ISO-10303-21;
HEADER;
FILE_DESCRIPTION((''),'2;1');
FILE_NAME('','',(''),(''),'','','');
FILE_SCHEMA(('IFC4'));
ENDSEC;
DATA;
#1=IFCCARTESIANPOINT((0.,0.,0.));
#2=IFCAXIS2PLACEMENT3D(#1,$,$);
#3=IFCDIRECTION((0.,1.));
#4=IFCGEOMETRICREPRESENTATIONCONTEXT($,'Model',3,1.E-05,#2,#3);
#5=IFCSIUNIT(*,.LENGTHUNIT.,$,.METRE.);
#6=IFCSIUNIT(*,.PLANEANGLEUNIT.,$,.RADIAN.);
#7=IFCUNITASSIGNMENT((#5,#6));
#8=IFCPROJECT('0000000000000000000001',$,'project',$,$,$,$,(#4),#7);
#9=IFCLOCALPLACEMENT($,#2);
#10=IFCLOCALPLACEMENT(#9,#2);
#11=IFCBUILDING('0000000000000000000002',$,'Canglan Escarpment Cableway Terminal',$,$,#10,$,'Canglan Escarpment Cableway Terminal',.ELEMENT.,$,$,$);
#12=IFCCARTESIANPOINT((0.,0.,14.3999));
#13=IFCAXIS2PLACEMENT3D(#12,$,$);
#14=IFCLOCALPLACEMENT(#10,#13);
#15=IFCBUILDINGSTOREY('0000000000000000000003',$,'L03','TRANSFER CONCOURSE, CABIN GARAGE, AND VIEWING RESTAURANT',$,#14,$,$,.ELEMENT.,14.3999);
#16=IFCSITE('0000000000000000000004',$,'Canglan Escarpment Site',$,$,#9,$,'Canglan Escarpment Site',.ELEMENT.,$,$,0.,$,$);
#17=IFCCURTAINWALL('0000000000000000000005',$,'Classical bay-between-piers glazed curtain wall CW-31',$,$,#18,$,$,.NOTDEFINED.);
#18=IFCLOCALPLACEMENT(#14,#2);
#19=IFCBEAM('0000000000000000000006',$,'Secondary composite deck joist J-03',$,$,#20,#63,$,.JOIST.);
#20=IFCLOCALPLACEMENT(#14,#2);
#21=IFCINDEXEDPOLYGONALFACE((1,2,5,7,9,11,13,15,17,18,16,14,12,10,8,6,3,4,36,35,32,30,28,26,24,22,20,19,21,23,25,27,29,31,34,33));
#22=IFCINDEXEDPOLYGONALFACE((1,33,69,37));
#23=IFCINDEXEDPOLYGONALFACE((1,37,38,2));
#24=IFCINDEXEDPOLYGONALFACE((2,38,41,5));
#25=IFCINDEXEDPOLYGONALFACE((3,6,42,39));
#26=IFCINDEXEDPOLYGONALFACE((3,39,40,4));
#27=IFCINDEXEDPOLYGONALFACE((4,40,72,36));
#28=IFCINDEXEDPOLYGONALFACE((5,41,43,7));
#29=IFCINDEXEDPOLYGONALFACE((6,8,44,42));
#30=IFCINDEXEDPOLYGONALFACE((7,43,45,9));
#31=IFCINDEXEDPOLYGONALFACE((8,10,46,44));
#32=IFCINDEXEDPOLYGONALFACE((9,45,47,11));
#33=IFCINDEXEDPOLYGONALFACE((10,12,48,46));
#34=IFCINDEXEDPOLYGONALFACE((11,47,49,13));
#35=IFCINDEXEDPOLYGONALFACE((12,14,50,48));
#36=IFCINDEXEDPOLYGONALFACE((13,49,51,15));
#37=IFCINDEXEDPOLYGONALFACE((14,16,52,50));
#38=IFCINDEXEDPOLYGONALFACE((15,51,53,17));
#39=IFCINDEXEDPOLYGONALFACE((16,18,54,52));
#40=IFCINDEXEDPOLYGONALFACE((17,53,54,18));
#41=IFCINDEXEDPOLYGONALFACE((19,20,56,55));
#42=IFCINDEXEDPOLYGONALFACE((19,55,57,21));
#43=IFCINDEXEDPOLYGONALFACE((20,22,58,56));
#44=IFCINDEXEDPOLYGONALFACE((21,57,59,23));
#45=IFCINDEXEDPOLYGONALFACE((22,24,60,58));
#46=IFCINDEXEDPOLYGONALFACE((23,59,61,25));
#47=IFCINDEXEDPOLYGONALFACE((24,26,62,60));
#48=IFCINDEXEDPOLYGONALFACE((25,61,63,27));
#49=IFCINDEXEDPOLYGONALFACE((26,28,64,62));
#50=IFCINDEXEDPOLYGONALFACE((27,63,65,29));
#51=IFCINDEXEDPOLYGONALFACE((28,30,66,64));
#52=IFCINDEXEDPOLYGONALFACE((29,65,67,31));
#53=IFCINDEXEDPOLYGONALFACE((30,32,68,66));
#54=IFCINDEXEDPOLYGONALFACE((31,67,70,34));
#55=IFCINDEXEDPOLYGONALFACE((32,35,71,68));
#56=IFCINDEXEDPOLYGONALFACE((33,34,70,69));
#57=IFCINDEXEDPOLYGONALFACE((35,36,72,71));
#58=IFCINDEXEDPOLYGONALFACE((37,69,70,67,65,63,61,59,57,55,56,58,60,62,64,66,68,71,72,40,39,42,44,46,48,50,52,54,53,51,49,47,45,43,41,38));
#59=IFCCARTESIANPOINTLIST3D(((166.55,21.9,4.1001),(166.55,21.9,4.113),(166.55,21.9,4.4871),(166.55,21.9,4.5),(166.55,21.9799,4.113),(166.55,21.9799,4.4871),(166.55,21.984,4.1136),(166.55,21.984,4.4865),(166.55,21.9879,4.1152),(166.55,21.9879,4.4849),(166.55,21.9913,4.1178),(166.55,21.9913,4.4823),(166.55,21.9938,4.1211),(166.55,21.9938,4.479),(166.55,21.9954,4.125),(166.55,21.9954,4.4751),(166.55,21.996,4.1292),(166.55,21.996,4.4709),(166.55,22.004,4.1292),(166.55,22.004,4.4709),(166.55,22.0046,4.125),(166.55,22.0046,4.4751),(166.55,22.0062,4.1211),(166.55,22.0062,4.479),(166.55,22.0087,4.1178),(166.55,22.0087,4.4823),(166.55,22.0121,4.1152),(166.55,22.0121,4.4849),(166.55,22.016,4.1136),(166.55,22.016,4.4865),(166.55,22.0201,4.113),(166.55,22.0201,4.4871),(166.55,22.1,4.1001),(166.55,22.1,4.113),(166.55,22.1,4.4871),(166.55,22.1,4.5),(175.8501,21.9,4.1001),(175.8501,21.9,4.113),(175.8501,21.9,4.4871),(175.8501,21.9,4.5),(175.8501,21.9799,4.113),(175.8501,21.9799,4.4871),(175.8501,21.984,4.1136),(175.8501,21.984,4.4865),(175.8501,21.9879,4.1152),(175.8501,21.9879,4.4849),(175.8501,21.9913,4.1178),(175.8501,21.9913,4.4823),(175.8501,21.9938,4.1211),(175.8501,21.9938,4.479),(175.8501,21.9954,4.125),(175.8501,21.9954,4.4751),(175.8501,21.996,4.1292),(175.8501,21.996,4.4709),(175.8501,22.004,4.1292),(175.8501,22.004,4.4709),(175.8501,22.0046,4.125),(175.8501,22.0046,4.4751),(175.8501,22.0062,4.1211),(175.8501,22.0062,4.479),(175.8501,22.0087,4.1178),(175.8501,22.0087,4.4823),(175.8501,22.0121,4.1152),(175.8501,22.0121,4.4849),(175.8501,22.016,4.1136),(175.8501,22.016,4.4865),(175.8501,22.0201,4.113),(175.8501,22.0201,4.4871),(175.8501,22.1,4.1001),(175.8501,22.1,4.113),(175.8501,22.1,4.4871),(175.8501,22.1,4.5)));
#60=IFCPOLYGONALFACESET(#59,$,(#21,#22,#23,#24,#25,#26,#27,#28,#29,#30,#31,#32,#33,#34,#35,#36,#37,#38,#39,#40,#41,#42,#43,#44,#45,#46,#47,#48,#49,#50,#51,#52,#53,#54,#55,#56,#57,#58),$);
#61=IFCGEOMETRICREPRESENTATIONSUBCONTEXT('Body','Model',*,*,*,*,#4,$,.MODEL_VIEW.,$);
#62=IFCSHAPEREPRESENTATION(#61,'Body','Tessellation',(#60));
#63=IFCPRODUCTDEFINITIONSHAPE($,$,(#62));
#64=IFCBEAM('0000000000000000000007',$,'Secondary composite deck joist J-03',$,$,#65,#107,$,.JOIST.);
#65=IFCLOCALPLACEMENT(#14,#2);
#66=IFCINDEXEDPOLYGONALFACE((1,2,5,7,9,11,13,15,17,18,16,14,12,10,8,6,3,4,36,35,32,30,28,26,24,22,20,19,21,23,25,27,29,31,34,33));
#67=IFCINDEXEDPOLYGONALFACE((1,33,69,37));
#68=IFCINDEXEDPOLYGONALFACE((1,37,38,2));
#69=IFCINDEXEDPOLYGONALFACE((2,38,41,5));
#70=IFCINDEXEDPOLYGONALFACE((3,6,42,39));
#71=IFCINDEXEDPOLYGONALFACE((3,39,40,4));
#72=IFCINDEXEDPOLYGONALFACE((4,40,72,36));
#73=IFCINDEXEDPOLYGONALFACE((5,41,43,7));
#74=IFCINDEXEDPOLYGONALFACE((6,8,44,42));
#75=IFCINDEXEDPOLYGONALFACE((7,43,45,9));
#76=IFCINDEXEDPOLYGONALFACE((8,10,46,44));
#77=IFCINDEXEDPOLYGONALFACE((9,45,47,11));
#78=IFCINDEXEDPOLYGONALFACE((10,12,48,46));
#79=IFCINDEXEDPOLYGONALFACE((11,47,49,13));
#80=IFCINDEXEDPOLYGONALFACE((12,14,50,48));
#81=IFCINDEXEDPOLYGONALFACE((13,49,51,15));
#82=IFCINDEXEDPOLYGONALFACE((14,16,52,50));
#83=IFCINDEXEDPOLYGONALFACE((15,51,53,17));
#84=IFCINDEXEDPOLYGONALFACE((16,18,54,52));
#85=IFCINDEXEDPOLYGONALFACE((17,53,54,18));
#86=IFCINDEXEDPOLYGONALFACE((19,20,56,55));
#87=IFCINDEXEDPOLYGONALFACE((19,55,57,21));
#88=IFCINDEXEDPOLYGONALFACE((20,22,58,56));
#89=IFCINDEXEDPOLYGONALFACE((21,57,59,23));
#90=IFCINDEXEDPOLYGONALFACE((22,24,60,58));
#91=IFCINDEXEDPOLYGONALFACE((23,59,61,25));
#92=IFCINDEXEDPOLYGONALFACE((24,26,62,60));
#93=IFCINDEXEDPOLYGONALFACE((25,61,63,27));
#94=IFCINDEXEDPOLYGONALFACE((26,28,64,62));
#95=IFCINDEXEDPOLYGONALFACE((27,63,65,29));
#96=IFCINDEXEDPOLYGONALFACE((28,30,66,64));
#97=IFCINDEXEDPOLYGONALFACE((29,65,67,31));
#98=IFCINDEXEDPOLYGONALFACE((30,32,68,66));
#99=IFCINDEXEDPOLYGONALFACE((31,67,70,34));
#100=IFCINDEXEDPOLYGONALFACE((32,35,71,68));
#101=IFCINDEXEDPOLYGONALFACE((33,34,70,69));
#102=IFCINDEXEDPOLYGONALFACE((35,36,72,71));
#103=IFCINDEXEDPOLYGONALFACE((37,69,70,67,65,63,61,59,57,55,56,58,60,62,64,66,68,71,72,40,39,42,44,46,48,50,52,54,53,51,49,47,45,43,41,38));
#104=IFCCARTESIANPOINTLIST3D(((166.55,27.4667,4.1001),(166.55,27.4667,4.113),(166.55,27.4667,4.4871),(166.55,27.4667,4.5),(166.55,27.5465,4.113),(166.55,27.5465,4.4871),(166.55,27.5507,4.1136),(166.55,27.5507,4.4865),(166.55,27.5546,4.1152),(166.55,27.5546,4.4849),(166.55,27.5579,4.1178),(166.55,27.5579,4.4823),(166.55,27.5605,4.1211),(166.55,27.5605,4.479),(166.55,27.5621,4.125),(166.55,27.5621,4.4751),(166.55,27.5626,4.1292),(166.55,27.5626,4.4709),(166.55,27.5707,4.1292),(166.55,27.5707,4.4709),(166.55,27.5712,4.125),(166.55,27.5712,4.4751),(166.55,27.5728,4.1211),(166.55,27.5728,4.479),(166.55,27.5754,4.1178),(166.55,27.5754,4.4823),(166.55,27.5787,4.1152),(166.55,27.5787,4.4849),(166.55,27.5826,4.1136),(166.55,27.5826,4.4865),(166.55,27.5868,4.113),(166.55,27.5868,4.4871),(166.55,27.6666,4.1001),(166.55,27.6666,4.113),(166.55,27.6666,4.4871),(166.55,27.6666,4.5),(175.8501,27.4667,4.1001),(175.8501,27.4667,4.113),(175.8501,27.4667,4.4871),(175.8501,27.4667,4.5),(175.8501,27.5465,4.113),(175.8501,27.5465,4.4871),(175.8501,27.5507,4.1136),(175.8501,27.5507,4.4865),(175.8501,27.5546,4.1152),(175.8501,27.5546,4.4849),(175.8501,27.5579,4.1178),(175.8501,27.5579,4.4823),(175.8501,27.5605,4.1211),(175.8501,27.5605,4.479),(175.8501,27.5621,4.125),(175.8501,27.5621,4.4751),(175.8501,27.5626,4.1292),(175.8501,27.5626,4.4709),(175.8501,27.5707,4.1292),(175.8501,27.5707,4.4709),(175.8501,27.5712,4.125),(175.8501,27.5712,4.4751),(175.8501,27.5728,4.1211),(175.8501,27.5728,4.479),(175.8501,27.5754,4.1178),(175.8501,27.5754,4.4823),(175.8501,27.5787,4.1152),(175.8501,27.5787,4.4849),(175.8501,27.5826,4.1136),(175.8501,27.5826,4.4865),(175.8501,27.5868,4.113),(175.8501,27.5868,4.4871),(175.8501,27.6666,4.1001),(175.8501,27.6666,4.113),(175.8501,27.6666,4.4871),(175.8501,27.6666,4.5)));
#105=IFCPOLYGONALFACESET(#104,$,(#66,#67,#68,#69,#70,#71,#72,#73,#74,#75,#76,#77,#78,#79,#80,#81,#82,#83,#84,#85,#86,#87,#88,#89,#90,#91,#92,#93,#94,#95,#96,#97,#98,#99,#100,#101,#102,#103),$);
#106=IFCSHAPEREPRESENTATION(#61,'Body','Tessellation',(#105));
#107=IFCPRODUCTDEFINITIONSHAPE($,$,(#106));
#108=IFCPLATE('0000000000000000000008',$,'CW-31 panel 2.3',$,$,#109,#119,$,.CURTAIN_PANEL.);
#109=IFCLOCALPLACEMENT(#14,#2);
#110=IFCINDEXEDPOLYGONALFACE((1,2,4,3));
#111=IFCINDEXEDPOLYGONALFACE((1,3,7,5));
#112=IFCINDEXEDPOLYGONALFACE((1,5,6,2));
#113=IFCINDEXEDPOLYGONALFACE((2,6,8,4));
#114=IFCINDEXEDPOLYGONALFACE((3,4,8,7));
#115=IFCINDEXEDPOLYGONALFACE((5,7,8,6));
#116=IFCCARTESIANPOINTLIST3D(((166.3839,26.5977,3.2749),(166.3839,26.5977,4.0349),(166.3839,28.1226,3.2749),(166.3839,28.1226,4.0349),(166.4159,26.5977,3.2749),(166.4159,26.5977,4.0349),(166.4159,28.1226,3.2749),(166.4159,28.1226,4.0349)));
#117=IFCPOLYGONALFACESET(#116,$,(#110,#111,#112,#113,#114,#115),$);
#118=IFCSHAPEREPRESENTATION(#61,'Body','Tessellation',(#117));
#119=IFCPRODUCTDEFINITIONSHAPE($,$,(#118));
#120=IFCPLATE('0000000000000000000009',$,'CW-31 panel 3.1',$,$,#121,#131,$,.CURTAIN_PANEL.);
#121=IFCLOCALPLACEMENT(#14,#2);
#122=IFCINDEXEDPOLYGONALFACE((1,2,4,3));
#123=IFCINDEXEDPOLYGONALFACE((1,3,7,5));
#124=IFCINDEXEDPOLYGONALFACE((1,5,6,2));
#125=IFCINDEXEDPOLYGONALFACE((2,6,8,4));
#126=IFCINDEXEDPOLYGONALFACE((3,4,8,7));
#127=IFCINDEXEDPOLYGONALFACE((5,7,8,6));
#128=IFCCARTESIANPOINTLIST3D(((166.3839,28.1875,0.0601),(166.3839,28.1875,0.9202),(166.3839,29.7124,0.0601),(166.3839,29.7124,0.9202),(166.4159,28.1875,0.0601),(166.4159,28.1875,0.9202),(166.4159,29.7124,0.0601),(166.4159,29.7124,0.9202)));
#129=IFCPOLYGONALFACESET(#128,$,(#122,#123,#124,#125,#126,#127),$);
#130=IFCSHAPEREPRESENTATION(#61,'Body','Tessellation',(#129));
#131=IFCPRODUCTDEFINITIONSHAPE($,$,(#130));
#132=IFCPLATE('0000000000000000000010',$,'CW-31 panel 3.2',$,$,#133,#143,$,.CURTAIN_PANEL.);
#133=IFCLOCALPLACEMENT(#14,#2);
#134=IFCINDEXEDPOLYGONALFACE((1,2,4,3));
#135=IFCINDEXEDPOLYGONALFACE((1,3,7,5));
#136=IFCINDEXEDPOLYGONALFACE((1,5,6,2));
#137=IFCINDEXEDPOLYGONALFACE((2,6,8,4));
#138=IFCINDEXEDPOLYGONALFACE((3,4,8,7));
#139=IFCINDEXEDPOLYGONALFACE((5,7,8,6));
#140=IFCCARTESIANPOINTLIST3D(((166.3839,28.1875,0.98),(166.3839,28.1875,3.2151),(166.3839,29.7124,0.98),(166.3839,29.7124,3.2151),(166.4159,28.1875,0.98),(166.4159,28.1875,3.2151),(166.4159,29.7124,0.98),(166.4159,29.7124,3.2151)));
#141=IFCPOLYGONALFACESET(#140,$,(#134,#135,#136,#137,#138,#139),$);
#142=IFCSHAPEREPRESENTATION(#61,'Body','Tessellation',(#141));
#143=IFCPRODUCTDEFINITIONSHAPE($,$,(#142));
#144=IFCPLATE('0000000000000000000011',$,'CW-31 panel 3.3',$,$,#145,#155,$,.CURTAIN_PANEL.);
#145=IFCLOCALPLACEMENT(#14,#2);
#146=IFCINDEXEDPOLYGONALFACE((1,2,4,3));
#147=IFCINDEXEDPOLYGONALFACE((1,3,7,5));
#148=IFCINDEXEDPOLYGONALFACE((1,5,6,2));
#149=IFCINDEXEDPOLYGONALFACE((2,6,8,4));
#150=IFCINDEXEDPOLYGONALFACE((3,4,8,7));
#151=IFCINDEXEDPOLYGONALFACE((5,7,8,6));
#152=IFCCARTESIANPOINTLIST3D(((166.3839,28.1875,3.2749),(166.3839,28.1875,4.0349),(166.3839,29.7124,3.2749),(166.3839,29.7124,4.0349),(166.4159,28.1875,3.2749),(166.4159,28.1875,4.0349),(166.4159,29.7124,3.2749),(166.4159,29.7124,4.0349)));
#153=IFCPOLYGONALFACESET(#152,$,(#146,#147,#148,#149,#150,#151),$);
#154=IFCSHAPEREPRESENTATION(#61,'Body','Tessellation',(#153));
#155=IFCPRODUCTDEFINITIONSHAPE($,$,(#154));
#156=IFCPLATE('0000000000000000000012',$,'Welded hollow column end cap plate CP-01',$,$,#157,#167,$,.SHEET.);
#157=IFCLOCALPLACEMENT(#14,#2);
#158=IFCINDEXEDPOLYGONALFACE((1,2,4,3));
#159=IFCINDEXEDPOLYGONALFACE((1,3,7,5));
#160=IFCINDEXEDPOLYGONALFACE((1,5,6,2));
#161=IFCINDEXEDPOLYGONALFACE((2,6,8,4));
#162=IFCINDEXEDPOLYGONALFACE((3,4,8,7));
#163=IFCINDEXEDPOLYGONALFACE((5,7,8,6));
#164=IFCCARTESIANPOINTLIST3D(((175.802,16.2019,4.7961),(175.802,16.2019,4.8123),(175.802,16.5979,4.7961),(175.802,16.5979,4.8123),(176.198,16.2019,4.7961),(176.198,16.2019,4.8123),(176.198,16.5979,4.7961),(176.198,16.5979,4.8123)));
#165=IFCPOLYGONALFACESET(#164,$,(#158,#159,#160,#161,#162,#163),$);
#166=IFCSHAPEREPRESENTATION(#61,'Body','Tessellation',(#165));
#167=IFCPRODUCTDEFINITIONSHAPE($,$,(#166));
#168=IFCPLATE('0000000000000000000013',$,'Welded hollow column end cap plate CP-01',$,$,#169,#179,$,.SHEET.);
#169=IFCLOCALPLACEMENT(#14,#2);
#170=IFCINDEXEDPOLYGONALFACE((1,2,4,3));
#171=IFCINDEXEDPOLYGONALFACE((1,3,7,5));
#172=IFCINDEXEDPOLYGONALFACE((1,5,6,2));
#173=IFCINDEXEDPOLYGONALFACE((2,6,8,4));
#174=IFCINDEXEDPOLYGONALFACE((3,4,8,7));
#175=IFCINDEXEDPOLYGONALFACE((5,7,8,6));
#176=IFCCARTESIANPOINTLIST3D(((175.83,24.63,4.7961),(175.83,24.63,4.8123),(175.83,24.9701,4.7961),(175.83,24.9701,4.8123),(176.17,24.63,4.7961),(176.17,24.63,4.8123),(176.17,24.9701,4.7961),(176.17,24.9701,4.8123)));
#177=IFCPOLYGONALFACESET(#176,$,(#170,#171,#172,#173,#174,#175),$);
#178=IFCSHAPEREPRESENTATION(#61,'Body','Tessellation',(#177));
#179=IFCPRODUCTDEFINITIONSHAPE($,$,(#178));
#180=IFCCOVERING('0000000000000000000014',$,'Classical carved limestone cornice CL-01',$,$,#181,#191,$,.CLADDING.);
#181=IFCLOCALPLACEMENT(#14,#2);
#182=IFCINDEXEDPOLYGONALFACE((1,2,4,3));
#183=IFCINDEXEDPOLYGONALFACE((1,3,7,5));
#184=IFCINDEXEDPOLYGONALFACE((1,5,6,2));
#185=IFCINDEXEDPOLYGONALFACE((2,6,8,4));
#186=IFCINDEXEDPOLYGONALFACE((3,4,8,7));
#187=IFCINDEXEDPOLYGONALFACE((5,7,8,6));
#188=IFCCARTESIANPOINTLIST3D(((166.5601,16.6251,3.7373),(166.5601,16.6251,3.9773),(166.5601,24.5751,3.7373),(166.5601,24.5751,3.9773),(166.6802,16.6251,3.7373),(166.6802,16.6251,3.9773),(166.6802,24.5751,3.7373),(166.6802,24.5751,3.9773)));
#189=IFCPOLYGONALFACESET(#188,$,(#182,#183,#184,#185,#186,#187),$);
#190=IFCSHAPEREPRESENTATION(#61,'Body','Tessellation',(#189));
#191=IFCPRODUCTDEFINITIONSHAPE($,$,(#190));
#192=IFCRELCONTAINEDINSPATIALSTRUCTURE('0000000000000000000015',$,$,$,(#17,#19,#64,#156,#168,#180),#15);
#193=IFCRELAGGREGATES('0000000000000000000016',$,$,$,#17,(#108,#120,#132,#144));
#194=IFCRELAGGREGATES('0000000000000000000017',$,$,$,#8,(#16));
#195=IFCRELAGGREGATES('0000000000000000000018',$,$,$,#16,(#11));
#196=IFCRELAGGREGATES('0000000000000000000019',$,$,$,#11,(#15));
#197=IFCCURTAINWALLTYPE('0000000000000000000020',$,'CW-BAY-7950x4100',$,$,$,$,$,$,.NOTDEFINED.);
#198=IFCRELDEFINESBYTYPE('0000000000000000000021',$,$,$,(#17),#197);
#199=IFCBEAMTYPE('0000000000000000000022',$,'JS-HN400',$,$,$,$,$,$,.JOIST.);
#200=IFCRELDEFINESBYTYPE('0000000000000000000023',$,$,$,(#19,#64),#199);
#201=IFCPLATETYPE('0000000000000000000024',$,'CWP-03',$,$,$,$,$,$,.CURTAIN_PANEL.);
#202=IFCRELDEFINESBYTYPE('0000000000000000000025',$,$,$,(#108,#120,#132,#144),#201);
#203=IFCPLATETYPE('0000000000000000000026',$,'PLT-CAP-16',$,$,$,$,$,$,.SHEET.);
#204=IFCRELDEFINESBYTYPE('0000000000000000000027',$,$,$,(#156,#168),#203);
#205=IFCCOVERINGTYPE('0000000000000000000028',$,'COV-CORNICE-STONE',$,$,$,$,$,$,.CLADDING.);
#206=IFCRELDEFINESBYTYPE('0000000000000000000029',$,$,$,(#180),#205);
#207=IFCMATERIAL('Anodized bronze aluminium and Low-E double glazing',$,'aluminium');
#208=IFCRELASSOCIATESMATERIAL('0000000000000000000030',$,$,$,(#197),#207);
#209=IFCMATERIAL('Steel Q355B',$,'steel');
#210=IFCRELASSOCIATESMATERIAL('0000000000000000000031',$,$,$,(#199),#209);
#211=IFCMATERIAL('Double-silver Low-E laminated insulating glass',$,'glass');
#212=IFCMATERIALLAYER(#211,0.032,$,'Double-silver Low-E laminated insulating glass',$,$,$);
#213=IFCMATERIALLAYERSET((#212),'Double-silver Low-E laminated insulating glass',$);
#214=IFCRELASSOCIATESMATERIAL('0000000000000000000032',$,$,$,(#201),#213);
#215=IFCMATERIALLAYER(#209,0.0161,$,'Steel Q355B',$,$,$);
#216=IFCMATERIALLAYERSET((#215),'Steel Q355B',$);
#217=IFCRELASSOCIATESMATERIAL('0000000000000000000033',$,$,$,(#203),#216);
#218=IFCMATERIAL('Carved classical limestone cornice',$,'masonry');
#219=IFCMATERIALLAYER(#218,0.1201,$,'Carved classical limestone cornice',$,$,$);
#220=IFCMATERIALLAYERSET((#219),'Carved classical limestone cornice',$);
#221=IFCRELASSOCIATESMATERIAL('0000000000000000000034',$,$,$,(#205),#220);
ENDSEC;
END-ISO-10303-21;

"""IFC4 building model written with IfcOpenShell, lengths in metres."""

from ifc_helpers import new_model, si_unit, direction, frame, origin, origin_2d, place, context, subcontext, project, spatial, rectangle, i_section, extrude, material, layer, layer_set, material_profile, profile_set, type_object, element, aggregate, save


model = new_model("IFC4")

# Units and contexts
model_context = context("Model", 3, precision=1e-05, world=origin(), true_north=direction((0.0, 1.0)))
body_context = subcontext(model_context, "Body", "Model", "MODEL_VIEW")
ifc_project = project(units=[si_unit("LENGTHUNIT", "METRE"), si_unit("PLANEANGLEUNIT", "RADIAN")], contexts=[model_context])

# Site, building, storey
site_placement = place(None, origin())
site = spatial("IfcSite", under=ifc_project, at=site_placement, Name="Canglan Escarpment Site", LongName="Canglan Escarpment Site", CompositionType="ELEMENT", RefElevation=0.0)
building_placement = place(site_placement, origin())
building = spatial("IfcBuilding", under=site, at=building_placement, Name="Canglan Escarpment Cableway Terminal", LongName="Canglan Escarpment Cableway Terminal", CompositionType="ELEMENT")
storey_placement = place(building_placement, frame((0.0, 0.0, 14.3999)))
storey = spatial("IfcBuildingStorey", under=building, at=storey_placement, Name="L03", Description="TRANSFER CONCOURSE, CABIN GARAGE, AND VIEWING RESTAURANT", CompositionType="ELEMENT", Elevation=14.3999)

# Shared definitions
ifc_material_1 = material(Name="Steel Q355B", Category="steel")

# Curtain wall
ifc_material_2 = material(Name="Anodized bronze aluminium and Low-E double glazing", Category="aluminium")
curtain_wall_type = type_object("IfcCurtainWallType", Name="CW-BAY-7950x4100", PredefinedType="NOTDEFINED", material=ifc_material_2)
curtain_wall_placement = place(storey_placement, origin())
curtain_wall = element("IfcCurtainWall", 1, at=curtain_wall_placement, inside=storey, type_object=curtain_wall_type, Name="Classical bay-between-piers glazed curtain wall CW-31", PredefinedType="NOTDEFINED")

# Beams
ifc_material_profile_1 = material_profile(ifc_material_1, i_section(OverallWidth=0.2, OverallDepth=0.3999, WebThickness=0.0081, FlangeThickness=0.0129, FilletRadius=0.0161, at=origin_2d()), Name="HN 400x200x8x13")
ifc_profile_set_1 = profile_set([ifc_material_profile_1], Name="Steel Q355B")
beam_type_1 = type_object("IfcBeamType", Name="JS-HN400", PredefinedType="JOIST", material=ifc_profile_set_1)
for number, where, z_axis, x_axis, name in (
    (2, (166.55, 22.0, 4.3), (1.0, 0.0, 0.0), (0.0, 1.0, 0.0), "Secondary composite deck joist J-03"),
    (3, (166.55, 27.5667, 4.3), (1.0, 0.0, 0.0), (0.0, 1.0, 0.0), "Secondary composite deck joist J-03"),
):
    element("IfcBeam", number, at=place(storey_placement, frame(where, z_axis=z_axis, x_axis=x_axis)), inside=storey, type_object=beam_type_1, Name=name, PredefinedType="JOIST", context=body_context, shape_type="SweptSolid", body=[
        extrude(i_section(OverallWidth=0.2, OverallDepth=0.3999, WebThickness=0.0081, FlangeThickness=0.0129, FilletRadius=0.0161, at=origin_2d()), origin(), (0.0, 0.0, 1.0), 9.3),
    ])

# Plates
ifc_material_3 = material(Name="Double-silver Low-E laminated insulating glass", Category="glass")
ifc_layer_1 = layer(ifc_material_3, 0.032, Name="Double-silver Low-E laminated insulating glass")
ifc_layer_set_1 = layer_set([ifc_layer_1], Name="Double-silver Low-E laminated insulating glass")
plate_type_1 = type_object("IfcPlateType", Name="CWP-03", PredefinedType="CURTAIN_PANEL", material=ifc_layer_set_1)
plate_1_placement = place(storey_placement, frame((166.3999, 27.3601, 3.2749), z_axis=(0.0, 0.0, 1.0), x_axis=(0.0, 1.0, 0.0)))
plate_1 = element("IfcPlate", 4, at=plate_1_placement, type_object=plate_type_1, Name="CW-31 panel 2.3", PredefinedType="CURTAIN_PANEL", context=body_context, shape_type="SweptSolid", body=[
    extrude(rectangle(XDim=1.5249, YDim=0.032, at=origin_2d()), origin(), (0.0, 0.0, 1.0), 0.76),
])
plate_2_placement = place(storey_placement, frame((166.3999, 28.95, 0.0601), z_axis=(0.0, 0.0, 1.0), x_axis=(0.0, 1.0, 0.0)))
plate_2 = element("IfcPlate", 5, at=plate_2_placement, type_object=plate_type_1, Name="CW-31 panel 3.1", PredefinedType="CURTAIN_PANEL", context=body_context, shape_type="SweptSolid", body=[
    extrude(rectangle(XDim=1.5249, YDim=0.032, at=origin_2d()), origin(), (0.0, 0.0, 1.0), 0.8601),
])
plate_3_placement = place(storey_placement, frame((166.3999, 28.95, 0.98), z_axis=(0.0, 0.0, 1.0), x_axis=(0.0, 1.0, 0.0)))
plate_3 = element("IfcPlate", 6, at=plate_3_placement, type_object=plate_type_1, Name="CW-31 panel 3.2", PredefinedType="CURTAIN_PANEL", context=body_context, shape_type="SweptSolid", body=[
    extrude(rectangle(XDim=1.5249, YDim=0.032, at=origin_2d()), origin(), (0.0, 0.0, 1.0), 2.2351),
])
plate_4_placement = place(storey_placement, frame((166.3999, 28.95, 3.2749), z_axis=(0.0, 0.0, 1.0), x_axis=(0.0, 1.0, 0.0)))
plate_4 = element("IfcPlate", 7, at=plate_4_placement, type_object=plate_type_1, Name="CW-31 panel 3.3", PredefinedType="CURTAIN_PANEL", context=body_context, shape_type="SweptSolid", body=[
    extrude(rectangle(XDim=1.5249, YDim=0.032, at=origin_2d()), origin(), (0.0, 0.0, 1.0), 0.76),
])
aggregate(curtain_wall, [plate_1, plate_2, plate_3, plate_4])

# Plates
ifc_layer_2 = layer(ifc_material_1, 0.0161, Name="Steel Q355B")
ifc_layer_set_2 = layer_set([ifc_layer_2], Name="Steel Q355B")
plate_type_2 = type_object("IfcPlateType", Name="PLT-CAP-16", PredefinedType="SHEET", material=ifc_layer_set_2)
plate_5_placement = place(storey_placement, frame((176.0, 16.3999, 4.7961), z_axis=(0.0, 0.0, 1.0), x_axis=(1.0, 0.0, 0.0)))
element("IfcPlate", 8, at=plate_5_placement, inside=storey, type_object=plate_type_2, Name="Welded hollow column end cap plate CP-01", PredefinedType="SHEET", context=body_context, shape_type="SweptSolid", body=[
    extrude(rectangle(XDim=0.396, YDim=0.396, at=origin_2d()), origin(), (0.0, 0.0, 1.0), 0.0161),
])
plate_6_placement = place(storey_placement, frame((176.0, 24.8, 4.7961), z_axis=(0.0, 0.0, 1.0), x_axis=(1.0, 0.0, 0.0)))
element("IfcPlate", 9, at=plate_6_placement, inside=storey, type_object=plate_type_2, Name="Welded hollow column end cap plate CP-01", PredefinedType="SHEET", context=body_context, shape_type="SweptSolid", body=[
    extrude(rectangle(XDim=0.3401, YDim=0.3401, at=origin_2d()), origin(), (0.0, 0.0, 1.0), 0.0161),
])

# Covering
ifc_material_4 = material(Name="Carved classical limestone cornice", Category="masonry")
ifc_layer_3 = layer(ifc_material_4, 0.1201, Name="Carved classical limestone cornice")
ifc_layer_set_3 = layer_set([ifc_layer_3], Name="Carved classical limestone cornice")
covering_type = type_object("IfcCoveringType", Name="COV-CORNICE-STONE", PredefinedType="CLADDING", material=ifc_layer_set_3)
covering_placement = place(storey_placement, frame((166.6201, 20.6001, 3.7373), z_axis=(0.0, 0.0, 1.0), x_axis=(0.0, 1.0, 0.0)))
element("IfcCovering", 10, at=covering_placement, inside=storey, type_object=covering_type, Name="Classical carved limestone cornice CL-01", PredefinedType="CLADDING", context=body_context, shape_type="SweptSolid", body=[
    extrude(rectangle(XDim=7.95, YDim=0.1201, at=origin_2d()), origin(), (0.0, 0.0, 1.0), 0.24),
])

save(model, "model.ifc")
